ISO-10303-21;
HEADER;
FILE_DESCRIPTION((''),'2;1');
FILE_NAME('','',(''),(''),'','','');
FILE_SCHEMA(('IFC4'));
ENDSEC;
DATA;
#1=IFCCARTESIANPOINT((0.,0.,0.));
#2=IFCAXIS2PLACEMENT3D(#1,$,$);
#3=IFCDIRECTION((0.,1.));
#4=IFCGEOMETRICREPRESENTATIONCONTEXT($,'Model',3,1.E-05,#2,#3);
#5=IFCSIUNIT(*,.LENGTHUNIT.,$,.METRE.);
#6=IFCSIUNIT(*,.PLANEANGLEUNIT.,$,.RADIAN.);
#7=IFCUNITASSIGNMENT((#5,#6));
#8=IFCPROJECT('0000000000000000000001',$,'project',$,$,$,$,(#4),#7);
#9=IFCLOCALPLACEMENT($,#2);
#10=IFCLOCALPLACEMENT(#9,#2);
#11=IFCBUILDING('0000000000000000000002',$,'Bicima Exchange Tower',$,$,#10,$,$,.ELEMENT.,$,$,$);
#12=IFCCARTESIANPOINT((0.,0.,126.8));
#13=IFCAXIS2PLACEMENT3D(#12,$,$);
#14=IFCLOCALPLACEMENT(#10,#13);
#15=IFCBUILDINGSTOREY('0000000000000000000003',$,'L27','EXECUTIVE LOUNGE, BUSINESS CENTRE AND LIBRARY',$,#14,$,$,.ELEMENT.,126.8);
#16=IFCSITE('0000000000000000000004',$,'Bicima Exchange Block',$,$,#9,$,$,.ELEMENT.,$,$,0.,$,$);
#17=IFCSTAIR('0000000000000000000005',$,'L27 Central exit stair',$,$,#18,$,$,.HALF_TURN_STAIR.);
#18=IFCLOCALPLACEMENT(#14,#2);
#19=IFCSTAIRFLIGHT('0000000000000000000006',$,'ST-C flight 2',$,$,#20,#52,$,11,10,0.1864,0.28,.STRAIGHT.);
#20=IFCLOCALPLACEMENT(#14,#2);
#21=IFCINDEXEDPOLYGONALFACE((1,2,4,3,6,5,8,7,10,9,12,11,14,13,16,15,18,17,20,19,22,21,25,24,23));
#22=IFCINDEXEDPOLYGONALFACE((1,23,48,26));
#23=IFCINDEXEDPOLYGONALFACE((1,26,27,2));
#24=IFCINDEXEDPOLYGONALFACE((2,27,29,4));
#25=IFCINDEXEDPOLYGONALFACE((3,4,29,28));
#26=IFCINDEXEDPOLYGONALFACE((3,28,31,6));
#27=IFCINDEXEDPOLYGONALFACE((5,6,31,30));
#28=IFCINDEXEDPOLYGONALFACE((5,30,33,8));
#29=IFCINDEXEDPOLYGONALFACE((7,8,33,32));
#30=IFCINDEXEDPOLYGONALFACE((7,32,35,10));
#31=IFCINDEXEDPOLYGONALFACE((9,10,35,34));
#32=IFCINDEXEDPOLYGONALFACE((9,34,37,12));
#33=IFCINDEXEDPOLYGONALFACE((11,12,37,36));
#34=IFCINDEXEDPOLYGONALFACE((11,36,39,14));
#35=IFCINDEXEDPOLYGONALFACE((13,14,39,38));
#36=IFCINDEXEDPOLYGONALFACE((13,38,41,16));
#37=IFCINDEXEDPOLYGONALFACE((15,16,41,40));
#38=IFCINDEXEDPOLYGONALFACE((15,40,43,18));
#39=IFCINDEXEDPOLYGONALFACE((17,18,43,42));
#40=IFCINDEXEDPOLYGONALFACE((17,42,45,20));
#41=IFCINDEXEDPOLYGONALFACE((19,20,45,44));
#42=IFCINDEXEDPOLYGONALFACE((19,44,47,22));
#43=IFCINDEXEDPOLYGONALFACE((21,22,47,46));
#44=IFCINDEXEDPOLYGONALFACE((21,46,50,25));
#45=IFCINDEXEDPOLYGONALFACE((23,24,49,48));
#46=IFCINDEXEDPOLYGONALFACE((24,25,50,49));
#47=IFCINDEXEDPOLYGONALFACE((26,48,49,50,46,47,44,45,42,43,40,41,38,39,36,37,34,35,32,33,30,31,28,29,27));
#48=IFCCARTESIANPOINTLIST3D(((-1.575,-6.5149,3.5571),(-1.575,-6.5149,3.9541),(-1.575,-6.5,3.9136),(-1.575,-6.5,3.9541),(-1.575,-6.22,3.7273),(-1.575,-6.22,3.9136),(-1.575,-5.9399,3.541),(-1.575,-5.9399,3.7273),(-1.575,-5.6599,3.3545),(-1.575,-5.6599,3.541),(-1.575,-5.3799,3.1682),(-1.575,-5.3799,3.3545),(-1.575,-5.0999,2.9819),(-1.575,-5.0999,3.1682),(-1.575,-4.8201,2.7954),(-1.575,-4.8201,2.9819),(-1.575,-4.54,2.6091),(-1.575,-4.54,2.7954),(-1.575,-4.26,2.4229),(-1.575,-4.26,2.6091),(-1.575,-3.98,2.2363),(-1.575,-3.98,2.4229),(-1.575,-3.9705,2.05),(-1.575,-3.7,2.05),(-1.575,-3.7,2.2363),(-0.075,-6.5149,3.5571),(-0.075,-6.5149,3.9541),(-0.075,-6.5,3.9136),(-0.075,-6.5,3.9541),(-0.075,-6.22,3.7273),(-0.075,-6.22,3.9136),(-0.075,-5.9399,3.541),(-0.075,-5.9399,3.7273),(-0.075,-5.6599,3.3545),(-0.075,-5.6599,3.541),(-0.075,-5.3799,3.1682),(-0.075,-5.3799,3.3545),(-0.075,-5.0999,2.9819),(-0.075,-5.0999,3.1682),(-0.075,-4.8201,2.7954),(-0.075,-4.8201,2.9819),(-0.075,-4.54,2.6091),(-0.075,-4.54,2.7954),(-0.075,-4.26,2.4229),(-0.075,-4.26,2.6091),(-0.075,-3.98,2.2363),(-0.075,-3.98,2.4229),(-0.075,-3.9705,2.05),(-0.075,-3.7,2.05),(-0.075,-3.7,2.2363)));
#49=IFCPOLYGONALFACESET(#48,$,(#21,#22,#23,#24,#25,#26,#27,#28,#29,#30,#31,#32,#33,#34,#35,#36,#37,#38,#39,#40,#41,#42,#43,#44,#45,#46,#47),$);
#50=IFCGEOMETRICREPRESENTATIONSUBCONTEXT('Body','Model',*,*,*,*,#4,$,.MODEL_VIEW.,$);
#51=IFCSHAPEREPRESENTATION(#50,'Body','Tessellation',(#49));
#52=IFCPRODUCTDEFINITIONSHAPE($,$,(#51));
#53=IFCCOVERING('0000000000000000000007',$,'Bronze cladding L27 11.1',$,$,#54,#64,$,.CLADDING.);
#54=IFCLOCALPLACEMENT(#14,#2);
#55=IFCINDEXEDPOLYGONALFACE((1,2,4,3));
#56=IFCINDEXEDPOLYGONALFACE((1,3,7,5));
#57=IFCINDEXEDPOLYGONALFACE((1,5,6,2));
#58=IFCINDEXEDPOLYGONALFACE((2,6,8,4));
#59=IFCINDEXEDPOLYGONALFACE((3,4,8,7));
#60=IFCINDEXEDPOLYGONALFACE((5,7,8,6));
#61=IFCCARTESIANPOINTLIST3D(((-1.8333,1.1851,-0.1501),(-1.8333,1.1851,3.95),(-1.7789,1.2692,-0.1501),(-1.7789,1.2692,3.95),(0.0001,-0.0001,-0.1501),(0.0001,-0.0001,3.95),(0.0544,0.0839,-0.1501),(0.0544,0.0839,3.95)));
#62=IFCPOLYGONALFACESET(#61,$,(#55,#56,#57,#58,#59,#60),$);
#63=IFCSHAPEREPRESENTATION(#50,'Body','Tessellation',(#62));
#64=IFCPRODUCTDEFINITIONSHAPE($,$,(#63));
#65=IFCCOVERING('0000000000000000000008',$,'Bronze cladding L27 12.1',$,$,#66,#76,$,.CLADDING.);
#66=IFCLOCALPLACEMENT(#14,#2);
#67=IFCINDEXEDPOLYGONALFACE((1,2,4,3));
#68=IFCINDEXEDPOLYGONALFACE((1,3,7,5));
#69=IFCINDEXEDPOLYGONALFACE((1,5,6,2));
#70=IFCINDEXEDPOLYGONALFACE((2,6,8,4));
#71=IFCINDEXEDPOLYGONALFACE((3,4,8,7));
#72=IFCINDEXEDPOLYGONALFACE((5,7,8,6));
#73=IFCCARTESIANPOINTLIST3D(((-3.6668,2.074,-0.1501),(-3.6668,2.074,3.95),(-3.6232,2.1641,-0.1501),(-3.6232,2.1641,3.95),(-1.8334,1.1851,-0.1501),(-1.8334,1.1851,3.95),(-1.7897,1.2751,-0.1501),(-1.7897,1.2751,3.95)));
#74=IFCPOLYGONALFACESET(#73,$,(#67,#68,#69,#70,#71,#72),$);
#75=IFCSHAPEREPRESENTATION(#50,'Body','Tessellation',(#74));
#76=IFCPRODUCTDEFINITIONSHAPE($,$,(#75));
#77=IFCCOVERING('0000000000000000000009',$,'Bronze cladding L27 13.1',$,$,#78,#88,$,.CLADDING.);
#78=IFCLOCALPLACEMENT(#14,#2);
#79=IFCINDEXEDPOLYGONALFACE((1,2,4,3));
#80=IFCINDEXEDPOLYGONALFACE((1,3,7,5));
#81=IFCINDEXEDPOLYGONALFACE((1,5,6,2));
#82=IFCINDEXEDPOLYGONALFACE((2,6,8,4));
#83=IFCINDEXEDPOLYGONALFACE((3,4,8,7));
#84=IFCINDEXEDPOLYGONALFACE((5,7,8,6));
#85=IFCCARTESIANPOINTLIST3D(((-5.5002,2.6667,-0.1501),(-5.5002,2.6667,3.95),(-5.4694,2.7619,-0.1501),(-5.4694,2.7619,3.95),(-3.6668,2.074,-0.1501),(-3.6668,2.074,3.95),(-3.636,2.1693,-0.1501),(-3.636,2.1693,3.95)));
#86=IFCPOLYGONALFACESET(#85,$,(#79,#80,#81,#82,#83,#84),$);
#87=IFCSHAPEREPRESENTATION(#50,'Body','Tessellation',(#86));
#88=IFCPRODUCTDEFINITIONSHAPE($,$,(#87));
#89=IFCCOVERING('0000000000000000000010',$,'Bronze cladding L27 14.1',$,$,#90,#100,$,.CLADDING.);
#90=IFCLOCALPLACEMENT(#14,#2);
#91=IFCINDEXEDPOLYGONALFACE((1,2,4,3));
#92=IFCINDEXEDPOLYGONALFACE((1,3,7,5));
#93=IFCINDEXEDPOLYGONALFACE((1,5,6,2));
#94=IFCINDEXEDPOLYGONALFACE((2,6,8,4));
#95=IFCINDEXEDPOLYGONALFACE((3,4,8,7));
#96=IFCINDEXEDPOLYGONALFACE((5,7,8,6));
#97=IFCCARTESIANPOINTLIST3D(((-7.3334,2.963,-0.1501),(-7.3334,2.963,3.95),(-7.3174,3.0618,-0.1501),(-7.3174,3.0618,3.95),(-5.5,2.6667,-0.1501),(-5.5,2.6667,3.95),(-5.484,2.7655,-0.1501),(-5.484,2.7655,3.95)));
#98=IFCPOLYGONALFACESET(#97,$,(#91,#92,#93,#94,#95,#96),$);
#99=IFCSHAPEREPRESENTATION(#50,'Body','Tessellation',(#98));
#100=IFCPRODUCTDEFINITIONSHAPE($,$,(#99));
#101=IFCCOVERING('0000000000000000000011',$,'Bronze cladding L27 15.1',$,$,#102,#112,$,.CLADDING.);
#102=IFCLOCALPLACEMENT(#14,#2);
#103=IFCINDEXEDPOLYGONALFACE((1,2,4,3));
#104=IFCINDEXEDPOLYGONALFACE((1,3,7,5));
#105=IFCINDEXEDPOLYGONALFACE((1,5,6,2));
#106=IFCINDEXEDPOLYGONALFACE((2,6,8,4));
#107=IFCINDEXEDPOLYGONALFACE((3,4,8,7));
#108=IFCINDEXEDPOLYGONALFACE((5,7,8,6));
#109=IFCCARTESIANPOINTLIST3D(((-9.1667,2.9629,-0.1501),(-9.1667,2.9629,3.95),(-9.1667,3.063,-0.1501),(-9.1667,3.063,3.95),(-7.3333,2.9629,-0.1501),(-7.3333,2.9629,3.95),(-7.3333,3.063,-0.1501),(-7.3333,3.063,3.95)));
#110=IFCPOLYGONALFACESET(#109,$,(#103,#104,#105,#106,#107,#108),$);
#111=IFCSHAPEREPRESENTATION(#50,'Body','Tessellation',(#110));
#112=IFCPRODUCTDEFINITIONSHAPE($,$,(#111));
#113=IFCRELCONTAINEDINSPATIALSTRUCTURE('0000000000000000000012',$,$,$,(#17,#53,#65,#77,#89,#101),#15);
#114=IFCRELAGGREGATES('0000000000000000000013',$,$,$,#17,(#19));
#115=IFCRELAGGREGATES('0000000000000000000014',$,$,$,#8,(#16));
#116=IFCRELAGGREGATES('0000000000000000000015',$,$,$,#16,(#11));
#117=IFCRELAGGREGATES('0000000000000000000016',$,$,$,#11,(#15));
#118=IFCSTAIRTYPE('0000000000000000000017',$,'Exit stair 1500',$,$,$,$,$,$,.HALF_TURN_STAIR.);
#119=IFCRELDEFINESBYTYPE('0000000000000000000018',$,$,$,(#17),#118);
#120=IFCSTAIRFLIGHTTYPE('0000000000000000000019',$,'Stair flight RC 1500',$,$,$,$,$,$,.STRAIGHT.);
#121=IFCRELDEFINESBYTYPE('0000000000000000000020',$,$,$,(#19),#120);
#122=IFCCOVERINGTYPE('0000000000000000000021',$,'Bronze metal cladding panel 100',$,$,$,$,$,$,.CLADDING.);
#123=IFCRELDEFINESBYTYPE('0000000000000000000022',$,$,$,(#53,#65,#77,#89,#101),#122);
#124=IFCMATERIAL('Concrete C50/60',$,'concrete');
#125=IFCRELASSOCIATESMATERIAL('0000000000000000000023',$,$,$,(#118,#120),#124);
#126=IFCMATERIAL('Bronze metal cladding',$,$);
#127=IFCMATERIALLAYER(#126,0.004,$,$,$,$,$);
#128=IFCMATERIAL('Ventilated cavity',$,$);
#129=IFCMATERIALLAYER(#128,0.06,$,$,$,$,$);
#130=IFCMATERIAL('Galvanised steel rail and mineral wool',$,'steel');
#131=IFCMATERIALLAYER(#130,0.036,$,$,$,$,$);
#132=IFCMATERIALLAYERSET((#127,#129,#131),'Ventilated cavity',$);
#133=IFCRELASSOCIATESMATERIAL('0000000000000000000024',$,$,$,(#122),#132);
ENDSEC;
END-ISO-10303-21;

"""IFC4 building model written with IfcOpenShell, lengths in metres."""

from ifc_helpers import new_model, si_unit, direction, frame, origin, origin_2d, place, context, subcontext, project, spatial, polyline, rectangle, outline, extrude, material, layer, layer_set, type_object, element, aggregate, save


model = new_model("IFC4")

# Units and contexts
model_context = context("Model", 3, precision=1e-05, world=origin(), true_north=direction((0.0, 1.0)))
body_context = subcontext(model_context, "Body", "Model", "MODEL_VIEW")
ifc_project = project(units=[si_unit("LENGTHUNIT", "METRE"), si_unit("PLANEANGLEUNIT", "RADIAN")], contexts=[model_context])

# Site, building, storey
site_placement = place(None, origin())
site = spatial("IfcSite", under=ifc_project, at=site_placement, Name="Bicima Exchange Block", CompositionType="ELEMENT", RefElevation=0.0)
building_placement = place(site_placement, origin())
building = spatial("IfcBuilding", under=site, at=building_placement, Name="Bicima Exchange Tower", CompositionType="ELEMENT")
storey_placement = place(building_placement, frame((0.0, 0.0, 126.8)))
storey = spatial("IfcBuildingStorey", under=building, at=storey_placement, Name="L27", Description="EXECUTIVE LOUNGE, BUSINESS CENTRE AND LIBRARY", CompositionType="ELEMENT", Elevation=126.8)

# Shared definitions
ifc_material_1 = material(Name="Concrete C50/60", Category="concrete")

# Stair, stair flight
stair_type = type_object("IfcStairType", Name="Exit stair 1500", PredefinedType="HALF_TURN_STAIR", material=ifc_material_1)
stair_placement = place(storey_placement, origin())
stair = element("IfcStair", 1, at=stair_placement, inside=storey, type_object=stair_type, Name="L27 Central exit stair", PredefinedType="HALF_TURN_STAIR")
stair_flight_type = type_object("IfcStairFlightType", Name="Stair flight RC 1500", PredefinedType="STRAIGHT", material=ifc_material_1)
stair_flight_placement = place(storey_placement, frame((-0.825, -3.7, 2.05), z_axis=(0.0, 0.0, 1.0), x_axis=(0.0, -1.0, 0.0)))
stair_flight = element("IfcStairFlight", 2, at=stair_flight_placement, type_object=stair_flight_type, Name="ST-C flight 2", NumberOfRisers=11, NumberOfTreads=10, PredefinedType="STRAIGHT", RiserHeight=0.1864, TreadLength=0.28, context=body_context, shape_type="SweptSolid", body=[
    extrude(outline(polyline([(0.0, 0.0), (0.0, 0.1863), (0.28, 0.1863), (0.28, 0.3728), (0.5601, 0.3728), (0.5601, 0.5591), (0.8401, 0.5591), (0.8401, 0.7454), (1.1201, 0.7454), (1.1201, 0.9319), (1.3999, 0.9319), (1.3999, 1.1182), (1.6799, 1.1182), (1.6799, 1.3044), (1.96, 1.3044), (1.96, 1.491), (2.24, 1.491), (2.24, 1.6772), (2.52, 1.6772), (2.52, 1.8635), (2.8, 1.8635), (2.8, 1.9041), (2.8149, 1.9041), (2.8149, 1.5071), (0.2705, 0.0), (0.0, 0.0)])), frame((0.0, 0.75, 0.0), z_axis=(0.0, -1.0, 0.0), x_axis=(1.0, 0.0, 0.0)), (0.0, 0.0, 1.0), 1.5),
])
aggregate(stair, [stair_flight])

# Coverings
ifc_material_2 = material(Name="Bronze metal cladding")
ifc_layer_1 = layer(ifc_material_2, 0.004)
ifc_material_3 = material(Name="Ventilated cavity")
ifc_layer_2 = layer(ifc_material_3, 0.06)
ifc_material_4 = material(Name="Galvanised steel rail and mineral wool", Category="steel")
ifc_layer_3 = layer(ifc_material_4, 0.036)
ifc_layer_set_1 = layer_set([ifc_layer_1, ifc_layer_2, ifc_layer_3], Name="Ventilated cavity")
covering_type = type_object("IfcCoveringType", Name="Bronze metal cladding panel 100", PredefinedType="CLADDING", material=ifc_layer_set_1)
covering_1_placement = place(storey_placement, frame((-0.8894, 0.6345, -0.1501), z_axis=(0.0, 0.0, 1.0), x_axis=(-0.83979, 0.542911, 0.0)))
element("IfcCovering", 3, at=covering_1_placement, inside=storey, type_object=covering_type, Name="Bronze cladding L27 11.1", PredefinedType="CLADDING", context=body_context, shape_type="SweptSolid", body=[
    extrude(rectangle(XDim=2.1831, YDim=0.1001, at=origin_2d()), origin(), (0.0, 0.0, 1.0), 4.1001),
])
covering_2_placement = place(storey_placement, frame((-2.7283, 1.6746, -0.1501), z_axis=(0.0, 0.0, 1.0), x_axis=(-0.899818, 0.436265, 0.0)))
element("IfcCovering", 4, at=covering_2_placement, inside=storey, type_object=covering_type, Name="Bronze cladding L27 12.1", PredefinedType="CLADDING", context=body_context, shape_type="SweptSolid", body=[
    extrude(rectangle(XDim=2.0376, YDim=0.1001, at=origin_2d()), origin(), (0.0, 0.0, 1.0), 4.1001),
])
covering_3_placement = place(storey_placement, frame((-4.5681, 2.418, -0.1501), z_axis=(0.0, 0.0, 1.0), x_axis=(-0.951525, 0.307573, 0.0)))
element("IfcCovering", 5, at=covering_3_placement, inside=storey, type_object=covering_type, Name="Bronze cladding L27 13.1", PredefinedType="CLADDING", context=body_context, shape_type="SweptSolid", body=[
    extrude(rectangle(XDim=1.9268, YDim=0.1001, at=origin_2d()), origin(), (0.0, 0.0, 1.0), 4.1001),
])
covering_4_placement = place(storey_placement, frame((-6.4087, 2.8643, -0.1501), z_axis=(0.0, 0.0, 1.0), x_axis=(-0.98719, 0.15955, 0.0)))
element("IfcCovering", 6, at=covering_4_placement, inside=storey, type_object=covering_type, Name="Bronze cladding L27 14.1", PredefinedType="CLADDING", context=body_context, shape_type="SweptSolid", body=[
    extrude(rectangle(XDim=1.8572, YDim=0.1001, at=origin_2d()), origin(), (0.0, 0.0, 1.0), 4.1001),
])
covering_5_placement = place(storey_placement, frame((-8.25, 3.0129, -0.1501), z_axis=(0.0, 0.0, 1.0), x_axis=(-1.0, 0.0, 0.0)))
element("IfcCovering", 7, at=covering_5_placement, inside=storey, type_object=covering_type, Name="Bronze cladding L27 15.1", PredefinedType="CLADDING", context=body_context, shape_type="SweptSolid", body=[
    extrude(rectangle(XDim=1.8335, YDim=0.1001, at=origin_2d()), origin(), (0.0, 0.0, 1.0), 4.1001),
])

save(model, "model.ifc")
